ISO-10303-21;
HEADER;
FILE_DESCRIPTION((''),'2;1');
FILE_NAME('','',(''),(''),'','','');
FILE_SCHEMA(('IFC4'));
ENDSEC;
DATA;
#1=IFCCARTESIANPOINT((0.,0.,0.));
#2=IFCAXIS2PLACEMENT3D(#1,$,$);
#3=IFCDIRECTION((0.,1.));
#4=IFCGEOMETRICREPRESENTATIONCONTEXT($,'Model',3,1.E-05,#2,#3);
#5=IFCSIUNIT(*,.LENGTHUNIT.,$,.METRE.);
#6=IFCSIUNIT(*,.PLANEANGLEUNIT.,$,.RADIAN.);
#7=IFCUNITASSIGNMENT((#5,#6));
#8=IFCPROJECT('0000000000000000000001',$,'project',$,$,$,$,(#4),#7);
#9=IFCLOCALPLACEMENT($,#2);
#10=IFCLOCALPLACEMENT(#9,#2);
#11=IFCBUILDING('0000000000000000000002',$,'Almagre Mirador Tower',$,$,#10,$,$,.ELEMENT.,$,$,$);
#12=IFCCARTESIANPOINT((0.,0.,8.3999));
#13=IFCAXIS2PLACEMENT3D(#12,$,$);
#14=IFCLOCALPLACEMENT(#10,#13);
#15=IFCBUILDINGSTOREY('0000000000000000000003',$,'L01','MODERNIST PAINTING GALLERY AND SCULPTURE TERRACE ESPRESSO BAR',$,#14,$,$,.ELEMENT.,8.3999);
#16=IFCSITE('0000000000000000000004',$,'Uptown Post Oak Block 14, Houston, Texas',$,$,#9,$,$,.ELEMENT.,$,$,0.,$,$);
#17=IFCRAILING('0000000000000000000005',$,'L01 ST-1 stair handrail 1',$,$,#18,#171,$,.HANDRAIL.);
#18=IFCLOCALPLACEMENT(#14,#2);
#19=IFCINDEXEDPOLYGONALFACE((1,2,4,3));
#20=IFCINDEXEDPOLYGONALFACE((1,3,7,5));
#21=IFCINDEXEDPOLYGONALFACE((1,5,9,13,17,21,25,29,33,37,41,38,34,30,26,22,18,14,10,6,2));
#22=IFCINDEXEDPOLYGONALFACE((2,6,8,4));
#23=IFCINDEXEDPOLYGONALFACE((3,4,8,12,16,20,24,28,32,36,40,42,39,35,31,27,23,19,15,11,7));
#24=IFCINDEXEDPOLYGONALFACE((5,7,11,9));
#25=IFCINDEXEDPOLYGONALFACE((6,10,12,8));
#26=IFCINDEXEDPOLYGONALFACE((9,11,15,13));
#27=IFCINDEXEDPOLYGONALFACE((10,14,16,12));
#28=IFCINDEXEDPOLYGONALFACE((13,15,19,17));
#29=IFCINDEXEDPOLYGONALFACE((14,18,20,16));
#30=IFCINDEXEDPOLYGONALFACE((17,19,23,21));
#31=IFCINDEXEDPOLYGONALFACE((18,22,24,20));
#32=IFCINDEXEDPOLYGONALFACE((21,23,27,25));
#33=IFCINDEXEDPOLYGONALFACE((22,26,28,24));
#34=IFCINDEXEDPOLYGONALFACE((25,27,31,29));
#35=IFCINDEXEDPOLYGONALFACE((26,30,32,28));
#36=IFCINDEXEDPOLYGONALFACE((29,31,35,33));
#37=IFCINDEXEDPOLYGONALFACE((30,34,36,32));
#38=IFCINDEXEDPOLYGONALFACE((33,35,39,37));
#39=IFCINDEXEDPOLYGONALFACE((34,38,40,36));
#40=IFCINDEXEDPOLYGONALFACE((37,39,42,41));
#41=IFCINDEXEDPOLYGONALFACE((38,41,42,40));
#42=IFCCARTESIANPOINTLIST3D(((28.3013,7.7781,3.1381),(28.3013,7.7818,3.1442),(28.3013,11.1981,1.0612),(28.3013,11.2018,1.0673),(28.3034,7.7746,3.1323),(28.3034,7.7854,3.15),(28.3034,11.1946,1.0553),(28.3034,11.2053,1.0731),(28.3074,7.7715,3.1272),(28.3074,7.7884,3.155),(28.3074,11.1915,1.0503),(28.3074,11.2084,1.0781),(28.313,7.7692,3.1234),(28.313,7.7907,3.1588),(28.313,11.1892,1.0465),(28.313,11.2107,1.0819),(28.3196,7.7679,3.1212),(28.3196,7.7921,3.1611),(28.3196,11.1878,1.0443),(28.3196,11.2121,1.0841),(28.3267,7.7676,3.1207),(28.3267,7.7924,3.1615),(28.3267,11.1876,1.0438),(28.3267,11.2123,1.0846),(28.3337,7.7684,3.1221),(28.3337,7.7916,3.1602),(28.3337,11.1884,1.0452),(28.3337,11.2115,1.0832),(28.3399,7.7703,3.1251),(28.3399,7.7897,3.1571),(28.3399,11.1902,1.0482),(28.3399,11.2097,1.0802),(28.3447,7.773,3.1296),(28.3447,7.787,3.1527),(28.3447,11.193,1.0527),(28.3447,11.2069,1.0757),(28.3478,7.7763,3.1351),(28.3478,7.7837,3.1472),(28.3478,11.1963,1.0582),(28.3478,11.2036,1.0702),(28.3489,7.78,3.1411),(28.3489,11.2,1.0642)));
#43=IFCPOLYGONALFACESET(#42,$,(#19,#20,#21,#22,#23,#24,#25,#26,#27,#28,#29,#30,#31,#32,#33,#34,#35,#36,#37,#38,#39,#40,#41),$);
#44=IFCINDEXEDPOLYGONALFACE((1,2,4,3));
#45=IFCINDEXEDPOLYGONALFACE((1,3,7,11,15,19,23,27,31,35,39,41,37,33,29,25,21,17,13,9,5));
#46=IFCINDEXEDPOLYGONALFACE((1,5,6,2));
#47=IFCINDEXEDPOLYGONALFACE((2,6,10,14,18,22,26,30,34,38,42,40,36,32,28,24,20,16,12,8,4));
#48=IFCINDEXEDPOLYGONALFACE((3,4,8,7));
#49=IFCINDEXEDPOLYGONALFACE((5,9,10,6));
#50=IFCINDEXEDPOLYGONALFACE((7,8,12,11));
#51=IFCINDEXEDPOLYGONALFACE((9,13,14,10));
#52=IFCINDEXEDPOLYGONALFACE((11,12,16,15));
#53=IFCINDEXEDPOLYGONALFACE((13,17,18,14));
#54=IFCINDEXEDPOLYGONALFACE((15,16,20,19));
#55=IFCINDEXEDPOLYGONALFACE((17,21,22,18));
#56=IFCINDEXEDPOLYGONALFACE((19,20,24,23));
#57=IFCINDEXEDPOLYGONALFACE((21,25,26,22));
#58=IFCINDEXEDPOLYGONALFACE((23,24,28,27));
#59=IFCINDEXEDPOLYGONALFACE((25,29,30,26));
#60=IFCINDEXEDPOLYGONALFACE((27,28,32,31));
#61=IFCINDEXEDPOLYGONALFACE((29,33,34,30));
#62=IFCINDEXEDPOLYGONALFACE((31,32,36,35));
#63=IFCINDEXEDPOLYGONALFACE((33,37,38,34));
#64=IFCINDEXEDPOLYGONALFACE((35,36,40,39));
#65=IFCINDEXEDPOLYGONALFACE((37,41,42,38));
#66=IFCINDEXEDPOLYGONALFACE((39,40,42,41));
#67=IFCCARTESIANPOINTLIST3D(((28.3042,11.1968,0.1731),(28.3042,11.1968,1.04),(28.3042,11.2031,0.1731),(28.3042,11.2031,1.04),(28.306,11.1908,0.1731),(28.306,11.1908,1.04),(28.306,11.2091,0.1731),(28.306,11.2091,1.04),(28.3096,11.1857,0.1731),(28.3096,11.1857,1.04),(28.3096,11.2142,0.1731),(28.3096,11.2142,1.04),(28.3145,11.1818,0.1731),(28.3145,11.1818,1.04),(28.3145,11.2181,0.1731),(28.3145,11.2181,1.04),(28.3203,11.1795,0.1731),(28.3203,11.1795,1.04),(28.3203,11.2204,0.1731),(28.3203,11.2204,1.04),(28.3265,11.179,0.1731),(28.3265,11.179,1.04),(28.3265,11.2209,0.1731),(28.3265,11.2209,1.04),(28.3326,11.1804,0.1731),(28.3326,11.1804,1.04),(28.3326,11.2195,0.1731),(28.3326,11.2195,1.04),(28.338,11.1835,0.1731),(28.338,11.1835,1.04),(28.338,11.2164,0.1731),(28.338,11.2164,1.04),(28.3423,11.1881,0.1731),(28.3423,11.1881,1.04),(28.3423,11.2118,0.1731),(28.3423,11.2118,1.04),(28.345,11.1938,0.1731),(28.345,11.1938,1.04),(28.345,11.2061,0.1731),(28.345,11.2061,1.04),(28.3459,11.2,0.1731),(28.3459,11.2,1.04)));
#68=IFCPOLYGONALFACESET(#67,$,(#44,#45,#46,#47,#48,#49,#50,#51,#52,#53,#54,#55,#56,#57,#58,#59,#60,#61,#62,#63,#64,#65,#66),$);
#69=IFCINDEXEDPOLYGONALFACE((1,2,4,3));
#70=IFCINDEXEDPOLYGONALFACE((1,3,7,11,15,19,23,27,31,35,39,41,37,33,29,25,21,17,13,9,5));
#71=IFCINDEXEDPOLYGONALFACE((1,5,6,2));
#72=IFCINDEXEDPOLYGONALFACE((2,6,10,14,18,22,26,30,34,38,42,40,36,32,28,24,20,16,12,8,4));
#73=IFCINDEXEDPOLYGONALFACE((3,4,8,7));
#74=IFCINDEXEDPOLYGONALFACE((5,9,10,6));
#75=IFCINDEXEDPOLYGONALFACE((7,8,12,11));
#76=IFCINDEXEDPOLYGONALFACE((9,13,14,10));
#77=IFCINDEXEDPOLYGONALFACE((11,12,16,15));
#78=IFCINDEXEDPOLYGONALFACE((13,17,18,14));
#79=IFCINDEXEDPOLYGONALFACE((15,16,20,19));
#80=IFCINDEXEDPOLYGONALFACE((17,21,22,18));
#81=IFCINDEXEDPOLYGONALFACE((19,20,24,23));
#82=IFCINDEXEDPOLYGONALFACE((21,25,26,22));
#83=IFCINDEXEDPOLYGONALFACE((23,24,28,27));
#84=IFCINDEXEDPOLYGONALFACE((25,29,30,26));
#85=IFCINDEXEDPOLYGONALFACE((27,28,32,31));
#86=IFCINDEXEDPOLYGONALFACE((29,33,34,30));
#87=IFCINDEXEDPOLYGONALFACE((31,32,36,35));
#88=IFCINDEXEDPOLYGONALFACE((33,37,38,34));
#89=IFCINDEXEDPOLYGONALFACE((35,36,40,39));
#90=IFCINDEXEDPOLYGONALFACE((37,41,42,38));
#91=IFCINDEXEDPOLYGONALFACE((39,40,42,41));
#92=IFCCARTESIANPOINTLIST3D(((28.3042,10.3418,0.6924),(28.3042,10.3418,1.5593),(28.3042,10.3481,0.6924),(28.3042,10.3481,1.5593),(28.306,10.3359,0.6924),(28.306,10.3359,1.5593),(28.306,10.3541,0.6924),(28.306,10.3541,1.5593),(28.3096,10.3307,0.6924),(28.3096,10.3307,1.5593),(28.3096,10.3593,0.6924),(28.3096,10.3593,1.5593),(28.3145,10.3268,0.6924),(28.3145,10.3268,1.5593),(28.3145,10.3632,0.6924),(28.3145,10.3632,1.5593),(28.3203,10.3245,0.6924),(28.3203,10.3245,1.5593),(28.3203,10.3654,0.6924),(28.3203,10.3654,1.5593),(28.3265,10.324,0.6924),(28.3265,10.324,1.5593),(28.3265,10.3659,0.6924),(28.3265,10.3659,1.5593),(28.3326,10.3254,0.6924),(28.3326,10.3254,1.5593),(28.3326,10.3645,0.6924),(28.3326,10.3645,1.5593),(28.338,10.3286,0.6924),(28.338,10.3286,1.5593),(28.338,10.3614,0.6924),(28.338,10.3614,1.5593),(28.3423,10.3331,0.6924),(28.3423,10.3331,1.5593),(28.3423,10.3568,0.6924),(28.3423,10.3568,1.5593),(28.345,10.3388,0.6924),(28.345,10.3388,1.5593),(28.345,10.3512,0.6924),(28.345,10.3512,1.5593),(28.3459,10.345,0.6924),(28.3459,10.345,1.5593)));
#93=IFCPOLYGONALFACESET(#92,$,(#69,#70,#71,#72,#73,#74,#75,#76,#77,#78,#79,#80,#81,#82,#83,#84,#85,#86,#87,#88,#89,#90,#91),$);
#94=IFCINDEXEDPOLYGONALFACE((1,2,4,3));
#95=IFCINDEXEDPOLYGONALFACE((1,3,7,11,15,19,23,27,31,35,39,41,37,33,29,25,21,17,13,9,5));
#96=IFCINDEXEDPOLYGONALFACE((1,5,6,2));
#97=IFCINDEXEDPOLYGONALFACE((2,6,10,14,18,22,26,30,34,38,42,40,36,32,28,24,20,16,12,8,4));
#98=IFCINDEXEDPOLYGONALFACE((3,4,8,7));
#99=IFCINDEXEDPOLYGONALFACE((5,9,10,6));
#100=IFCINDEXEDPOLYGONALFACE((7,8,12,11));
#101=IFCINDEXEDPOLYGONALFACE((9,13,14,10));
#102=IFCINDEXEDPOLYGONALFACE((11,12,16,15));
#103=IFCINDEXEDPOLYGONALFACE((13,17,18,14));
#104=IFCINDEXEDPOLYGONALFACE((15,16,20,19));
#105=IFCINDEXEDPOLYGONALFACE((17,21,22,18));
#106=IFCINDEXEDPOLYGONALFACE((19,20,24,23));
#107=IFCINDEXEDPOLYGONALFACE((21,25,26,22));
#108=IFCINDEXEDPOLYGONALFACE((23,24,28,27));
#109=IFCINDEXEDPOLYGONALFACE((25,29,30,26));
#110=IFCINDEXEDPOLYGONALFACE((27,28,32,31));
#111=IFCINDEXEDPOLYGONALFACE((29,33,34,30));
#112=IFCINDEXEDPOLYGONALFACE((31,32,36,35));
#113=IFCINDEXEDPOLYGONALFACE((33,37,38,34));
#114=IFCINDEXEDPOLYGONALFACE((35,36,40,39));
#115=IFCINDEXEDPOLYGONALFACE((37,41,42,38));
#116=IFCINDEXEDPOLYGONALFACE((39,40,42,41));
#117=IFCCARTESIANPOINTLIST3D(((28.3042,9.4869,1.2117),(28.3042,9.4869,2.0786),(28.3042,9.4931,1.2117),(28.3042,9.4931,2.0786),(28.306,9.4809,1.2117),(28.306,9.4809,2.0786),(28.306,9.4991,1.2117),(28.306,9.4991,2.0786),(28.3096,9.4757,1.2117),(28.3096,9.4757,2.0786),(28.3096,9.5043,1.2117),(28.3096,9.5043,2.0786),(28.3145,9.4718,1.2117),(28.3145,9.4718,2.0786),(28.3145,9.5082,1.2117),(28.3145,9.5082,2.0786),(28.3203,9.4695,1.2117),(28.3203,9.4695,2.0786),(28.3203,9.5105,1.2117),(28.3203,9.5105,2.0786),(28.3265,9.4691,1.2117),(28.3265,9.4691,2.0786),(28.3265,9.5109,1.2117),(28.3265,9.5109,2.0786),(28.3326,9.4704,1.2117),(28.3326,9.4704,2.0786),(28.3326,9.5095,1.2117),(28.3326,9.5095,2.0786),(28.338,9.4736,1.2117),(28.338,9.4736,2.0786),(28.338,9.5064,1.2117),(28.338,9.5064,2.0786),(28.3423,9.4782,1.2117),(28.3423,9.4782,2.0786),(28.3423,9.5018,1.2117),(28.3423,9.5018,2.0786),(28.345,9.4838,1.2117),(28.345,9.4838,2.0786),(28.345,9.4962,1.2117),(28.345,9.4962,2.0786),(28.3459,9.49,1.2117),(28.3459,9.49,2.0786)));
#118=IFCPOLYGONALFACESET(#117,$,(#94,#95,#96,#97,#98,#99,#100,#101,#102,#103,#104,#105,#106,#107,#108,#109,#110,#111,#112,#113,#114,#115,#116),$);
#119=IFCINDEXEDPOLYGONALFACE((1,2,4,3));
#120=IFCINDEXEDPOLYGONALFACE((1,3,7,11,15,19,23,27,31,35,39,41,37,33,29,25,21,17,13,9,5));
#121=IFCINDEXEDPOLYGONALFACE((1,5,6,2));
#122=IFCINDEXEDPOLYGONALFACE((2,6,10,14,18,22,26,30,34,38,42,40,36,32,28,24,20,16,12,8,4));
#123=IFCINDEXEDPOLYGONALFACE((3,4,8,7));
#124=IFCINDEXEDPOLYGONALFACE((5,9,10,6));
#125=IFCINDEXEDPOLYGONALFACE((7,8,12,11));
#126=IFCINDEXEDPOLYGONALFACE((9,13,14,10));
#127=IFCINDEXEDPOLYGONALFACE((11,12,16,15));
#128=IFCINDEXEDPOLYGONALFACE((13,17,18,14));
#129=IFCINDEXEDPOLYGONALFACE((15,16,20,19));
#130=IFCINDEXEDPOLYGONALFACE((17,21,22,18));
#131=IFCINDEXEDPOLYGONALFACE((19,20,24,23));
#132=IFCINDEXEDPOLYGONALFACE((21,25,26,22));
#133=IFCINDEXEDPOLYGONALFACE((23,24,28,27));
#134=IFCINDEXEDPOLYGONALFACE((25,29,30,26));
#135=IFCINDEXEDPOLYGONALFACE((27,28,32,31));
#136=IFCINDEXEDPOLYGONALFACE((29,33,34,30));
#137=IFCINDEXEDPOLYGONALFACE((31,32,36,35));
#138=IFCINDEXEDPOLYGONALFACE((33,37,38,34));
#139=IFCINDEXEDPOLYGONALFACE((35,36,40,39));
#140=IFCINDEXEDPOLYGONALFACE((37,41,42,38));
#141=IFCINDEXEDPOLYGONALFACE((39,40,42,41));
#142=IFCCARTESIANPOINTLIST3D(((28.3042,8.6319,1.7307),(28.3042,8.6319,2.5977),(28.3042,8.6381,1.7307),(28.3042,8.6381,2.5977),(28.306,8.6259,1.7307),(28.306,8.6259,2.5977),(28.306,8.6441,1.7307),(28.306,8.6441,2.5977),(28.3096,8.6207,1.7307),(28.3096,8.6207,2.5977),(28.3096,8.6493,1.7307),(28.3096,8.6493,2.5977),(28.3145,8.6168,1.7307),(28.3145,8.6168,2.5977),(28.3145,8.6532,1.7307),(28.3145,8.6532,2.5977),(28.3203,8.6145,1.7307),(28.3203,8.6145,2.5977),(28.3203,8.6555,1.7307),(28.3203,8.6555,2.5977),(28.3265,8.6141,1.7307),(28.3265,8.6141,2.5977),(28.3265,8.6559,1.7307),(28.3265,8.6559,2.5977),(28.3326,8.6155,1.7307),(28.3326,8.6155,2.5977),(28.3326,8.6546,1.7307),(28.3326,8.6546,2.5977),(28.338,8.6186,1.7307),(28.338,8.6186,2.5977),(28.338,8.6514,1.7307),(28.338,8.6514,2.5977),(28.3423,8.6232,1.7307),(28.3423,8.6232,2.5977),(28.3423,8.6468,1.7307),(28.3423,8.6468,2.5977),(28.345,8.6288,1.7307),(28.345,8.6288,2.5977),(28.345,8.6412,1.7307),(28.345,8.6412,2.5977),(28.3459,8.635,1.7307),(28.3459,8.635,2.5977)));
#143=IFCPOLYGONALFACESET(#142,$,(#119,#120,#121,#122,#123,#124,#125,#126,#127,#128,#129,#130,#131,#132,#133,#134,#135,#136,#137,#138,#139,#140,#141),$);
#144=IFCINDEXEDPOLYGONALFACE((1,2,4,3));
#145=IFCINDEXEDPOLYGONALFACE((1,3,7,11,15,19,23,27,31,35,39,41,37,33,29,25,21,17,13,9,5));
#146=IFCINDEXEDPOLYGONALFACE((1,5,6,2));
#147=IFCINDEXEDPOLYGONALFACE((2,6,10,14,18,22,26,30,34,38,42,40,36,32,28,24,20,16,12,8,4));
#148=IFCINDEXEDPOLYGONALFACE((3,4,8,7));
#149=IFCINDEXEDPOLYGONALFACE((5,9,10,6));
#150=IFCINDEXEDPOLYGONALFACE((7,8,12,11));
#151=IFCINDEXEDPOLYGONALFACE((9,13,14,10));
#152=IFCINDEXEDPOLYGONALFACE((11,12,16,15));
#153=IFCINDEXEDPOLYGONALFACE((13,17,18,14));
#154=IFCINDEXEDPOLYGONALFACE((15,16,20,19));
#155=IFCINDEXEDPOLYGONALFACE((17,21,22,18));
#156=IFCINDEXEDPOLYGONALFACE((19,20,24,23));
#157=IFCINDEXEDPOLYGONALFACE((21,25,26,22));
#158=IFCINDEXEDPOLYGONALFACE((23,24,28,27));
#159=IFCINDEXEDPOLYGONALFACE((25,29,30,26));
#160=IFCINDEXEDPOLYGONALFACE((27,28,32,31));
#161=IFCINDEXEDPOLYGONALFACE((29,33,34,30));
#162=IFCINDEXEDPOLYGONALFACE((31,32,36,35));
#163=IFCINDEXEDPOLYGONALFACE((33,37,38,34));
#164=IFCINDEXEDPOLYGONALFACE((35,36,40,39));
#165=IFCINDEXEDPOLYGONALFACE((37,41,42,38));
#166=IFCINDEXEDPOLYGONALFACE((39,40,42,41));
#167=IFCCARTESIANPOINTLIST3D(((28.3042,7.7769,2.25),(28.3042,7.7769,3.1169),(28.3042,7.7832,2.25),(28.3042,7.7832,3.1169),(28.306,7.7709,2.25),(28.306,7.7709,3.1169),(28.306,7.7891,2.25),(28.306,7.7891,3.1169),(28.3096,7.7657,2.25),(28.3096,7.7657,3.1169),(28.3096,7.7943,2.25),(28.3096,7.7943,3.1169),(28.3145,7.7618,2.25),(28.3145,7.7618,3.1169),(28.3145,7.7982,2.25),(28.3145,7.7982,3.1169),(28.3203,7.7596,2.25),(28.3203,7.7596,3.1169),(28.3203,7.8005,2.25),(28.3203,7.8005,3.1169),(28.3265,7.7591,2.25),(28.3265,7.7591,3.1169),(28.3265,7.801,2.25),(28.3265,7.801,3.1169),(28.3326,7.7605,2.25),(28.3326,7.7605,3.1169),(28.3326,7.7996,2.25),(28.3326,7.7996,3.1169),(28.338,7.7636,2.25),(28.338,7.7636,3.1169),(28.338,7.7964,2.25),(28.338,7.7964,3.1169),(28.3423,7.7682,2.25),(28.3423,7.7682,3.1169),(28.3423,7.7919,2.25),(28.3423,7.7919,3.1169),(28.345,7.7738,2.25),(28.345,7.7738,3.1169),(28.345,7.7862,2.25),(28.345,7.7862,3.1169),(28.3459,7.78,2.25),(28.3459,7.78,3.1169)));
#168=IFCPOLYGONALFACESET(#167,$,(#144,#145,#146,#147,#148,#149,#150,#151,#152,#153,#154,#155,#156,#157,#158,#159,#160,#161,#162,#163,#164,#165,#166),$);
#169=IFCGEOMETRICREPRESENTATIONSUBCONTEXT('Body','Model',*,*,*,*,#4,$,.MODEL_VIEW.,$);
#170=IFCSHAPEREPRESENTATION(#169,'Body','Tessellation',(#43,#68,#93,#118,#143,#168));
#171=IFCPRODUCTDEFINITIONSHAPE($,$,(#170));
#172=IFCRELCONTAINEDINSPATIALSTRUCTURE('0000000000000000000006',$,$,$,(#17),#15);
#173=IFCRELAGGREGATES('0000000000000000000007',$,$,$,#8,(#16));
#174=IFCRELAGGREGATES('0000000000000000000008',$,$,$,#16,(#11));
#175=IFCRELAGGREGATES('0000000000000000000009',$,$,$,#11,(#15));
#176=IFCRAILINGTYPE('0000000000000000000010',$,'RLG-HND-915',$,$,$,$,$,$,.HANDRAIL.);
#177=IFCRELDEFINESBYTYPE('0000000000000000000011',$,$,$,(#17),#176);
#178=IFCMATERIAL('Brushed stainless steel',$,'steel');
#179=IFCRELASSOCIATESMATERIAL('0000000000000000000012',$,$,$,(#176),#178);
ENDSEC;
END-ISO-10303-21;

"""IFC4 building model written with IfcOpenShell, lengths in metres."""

from ifc_helpers import new_model, si_unit, direction, frame, origin, origin_2d, place, context, subcontext, project, spatial, circle, extrude, material, type_object, element, save


model = new_model("IFC4")

# Units and contexts
model_context = context("Model", 3, precision=1e-05, world=origin(), true_north=direction((0.0, 1.0)))
body_context = subcontext(model_context, "Body", "Model", "MODEL_VIEW")
ifc_project = project(units=[si_unit("LENGTHUNIT", "METRE"), si_unit("PLANEANGLEUNIT", "RADIAN")], contexts=[model_context])

# Site, building, storey
site_placement = place(None, origin())
site = spatial("IfcSite", under=ifc_project, at=site_placement, Name="Uptown Post Oak Block 14, Houston, Texas", CompositionType="ELEMENT", RefElevation=0.0)
building_placement = place(site_placement, origin())
building = spatial("IfcBuilding", under=site, at=building_placement, Name="Almagre Mirador Tower", CompositionType="ELEMENT")
storey_placement = place(building_placement, frame((0.0, 0.0, 8.3999)))
storey = spatial("IfcBuildingStorey", under=building, at=storey_placement, Name="L01", Description="MODERNIST PAINTING GALLERY AND SCULPTURE TERRACE ESPRESSO BAR", CompositionType="ELEMENT", Elevation=8.3999)

# Railing
ifc_material_1 = material(Name="Brushed stainless steel", Category="steel")
railing_type_1 = type_object("IfcRailingType", Name="RLG-HND-915", PredefinedType="HANDRAIL", material=ifc_material_1)
railing_1_placement = place(storey_placement, frame((28.325, 11.2, 0.1731)))
element("IfcRailing", 1, at=railing_1_placement, inside=storey, type_object=railing_type_1, Name="L01 ST-1 stair handrail 1", PredefinedType="HANDRAIL", context=body_context, shape_type="SweptSolid", body=[
    extrude(circle(Radius=0.0239, at=origin_2d()), frame((0.0, 0.0, 0.8911), z_axis=(0.0, -0.85473, 0.519074), x_axis=(1.0, 0.0, 0.0)), (0.0, 0.0, 1.0), 4.0012),
    extrude(circle(Radius=0.021, at=origin_2d()), origin(), (0.0, 0.0, 1.0), 0.8669),
    extrude(circle(Radius=0.021, at=origin_2d()), frame((0.0, -0.855, 0.5193)), (0.0, 0.0, 1.0), 0.8669),
    extrude(circle(Radius=0.021, at=origin_2d()), frame((0.0, -1.71, 1.0386)), (0.0, 0.0, 1.0), 0.8669),
    extrude(circle(Radius=0.021, at=origin_2d()), frame((0.0, -2.5649, 1.5576)), (0.0, 0.0, 1.0), 0.8669),
    extrude(circle(Radius=0.021, at=origin_2d()), frame((0.0, -3.4199, 2.0769)), (0.0, 0.0, 1.0), 0.8669),
])

save(model, "model.ifc")
